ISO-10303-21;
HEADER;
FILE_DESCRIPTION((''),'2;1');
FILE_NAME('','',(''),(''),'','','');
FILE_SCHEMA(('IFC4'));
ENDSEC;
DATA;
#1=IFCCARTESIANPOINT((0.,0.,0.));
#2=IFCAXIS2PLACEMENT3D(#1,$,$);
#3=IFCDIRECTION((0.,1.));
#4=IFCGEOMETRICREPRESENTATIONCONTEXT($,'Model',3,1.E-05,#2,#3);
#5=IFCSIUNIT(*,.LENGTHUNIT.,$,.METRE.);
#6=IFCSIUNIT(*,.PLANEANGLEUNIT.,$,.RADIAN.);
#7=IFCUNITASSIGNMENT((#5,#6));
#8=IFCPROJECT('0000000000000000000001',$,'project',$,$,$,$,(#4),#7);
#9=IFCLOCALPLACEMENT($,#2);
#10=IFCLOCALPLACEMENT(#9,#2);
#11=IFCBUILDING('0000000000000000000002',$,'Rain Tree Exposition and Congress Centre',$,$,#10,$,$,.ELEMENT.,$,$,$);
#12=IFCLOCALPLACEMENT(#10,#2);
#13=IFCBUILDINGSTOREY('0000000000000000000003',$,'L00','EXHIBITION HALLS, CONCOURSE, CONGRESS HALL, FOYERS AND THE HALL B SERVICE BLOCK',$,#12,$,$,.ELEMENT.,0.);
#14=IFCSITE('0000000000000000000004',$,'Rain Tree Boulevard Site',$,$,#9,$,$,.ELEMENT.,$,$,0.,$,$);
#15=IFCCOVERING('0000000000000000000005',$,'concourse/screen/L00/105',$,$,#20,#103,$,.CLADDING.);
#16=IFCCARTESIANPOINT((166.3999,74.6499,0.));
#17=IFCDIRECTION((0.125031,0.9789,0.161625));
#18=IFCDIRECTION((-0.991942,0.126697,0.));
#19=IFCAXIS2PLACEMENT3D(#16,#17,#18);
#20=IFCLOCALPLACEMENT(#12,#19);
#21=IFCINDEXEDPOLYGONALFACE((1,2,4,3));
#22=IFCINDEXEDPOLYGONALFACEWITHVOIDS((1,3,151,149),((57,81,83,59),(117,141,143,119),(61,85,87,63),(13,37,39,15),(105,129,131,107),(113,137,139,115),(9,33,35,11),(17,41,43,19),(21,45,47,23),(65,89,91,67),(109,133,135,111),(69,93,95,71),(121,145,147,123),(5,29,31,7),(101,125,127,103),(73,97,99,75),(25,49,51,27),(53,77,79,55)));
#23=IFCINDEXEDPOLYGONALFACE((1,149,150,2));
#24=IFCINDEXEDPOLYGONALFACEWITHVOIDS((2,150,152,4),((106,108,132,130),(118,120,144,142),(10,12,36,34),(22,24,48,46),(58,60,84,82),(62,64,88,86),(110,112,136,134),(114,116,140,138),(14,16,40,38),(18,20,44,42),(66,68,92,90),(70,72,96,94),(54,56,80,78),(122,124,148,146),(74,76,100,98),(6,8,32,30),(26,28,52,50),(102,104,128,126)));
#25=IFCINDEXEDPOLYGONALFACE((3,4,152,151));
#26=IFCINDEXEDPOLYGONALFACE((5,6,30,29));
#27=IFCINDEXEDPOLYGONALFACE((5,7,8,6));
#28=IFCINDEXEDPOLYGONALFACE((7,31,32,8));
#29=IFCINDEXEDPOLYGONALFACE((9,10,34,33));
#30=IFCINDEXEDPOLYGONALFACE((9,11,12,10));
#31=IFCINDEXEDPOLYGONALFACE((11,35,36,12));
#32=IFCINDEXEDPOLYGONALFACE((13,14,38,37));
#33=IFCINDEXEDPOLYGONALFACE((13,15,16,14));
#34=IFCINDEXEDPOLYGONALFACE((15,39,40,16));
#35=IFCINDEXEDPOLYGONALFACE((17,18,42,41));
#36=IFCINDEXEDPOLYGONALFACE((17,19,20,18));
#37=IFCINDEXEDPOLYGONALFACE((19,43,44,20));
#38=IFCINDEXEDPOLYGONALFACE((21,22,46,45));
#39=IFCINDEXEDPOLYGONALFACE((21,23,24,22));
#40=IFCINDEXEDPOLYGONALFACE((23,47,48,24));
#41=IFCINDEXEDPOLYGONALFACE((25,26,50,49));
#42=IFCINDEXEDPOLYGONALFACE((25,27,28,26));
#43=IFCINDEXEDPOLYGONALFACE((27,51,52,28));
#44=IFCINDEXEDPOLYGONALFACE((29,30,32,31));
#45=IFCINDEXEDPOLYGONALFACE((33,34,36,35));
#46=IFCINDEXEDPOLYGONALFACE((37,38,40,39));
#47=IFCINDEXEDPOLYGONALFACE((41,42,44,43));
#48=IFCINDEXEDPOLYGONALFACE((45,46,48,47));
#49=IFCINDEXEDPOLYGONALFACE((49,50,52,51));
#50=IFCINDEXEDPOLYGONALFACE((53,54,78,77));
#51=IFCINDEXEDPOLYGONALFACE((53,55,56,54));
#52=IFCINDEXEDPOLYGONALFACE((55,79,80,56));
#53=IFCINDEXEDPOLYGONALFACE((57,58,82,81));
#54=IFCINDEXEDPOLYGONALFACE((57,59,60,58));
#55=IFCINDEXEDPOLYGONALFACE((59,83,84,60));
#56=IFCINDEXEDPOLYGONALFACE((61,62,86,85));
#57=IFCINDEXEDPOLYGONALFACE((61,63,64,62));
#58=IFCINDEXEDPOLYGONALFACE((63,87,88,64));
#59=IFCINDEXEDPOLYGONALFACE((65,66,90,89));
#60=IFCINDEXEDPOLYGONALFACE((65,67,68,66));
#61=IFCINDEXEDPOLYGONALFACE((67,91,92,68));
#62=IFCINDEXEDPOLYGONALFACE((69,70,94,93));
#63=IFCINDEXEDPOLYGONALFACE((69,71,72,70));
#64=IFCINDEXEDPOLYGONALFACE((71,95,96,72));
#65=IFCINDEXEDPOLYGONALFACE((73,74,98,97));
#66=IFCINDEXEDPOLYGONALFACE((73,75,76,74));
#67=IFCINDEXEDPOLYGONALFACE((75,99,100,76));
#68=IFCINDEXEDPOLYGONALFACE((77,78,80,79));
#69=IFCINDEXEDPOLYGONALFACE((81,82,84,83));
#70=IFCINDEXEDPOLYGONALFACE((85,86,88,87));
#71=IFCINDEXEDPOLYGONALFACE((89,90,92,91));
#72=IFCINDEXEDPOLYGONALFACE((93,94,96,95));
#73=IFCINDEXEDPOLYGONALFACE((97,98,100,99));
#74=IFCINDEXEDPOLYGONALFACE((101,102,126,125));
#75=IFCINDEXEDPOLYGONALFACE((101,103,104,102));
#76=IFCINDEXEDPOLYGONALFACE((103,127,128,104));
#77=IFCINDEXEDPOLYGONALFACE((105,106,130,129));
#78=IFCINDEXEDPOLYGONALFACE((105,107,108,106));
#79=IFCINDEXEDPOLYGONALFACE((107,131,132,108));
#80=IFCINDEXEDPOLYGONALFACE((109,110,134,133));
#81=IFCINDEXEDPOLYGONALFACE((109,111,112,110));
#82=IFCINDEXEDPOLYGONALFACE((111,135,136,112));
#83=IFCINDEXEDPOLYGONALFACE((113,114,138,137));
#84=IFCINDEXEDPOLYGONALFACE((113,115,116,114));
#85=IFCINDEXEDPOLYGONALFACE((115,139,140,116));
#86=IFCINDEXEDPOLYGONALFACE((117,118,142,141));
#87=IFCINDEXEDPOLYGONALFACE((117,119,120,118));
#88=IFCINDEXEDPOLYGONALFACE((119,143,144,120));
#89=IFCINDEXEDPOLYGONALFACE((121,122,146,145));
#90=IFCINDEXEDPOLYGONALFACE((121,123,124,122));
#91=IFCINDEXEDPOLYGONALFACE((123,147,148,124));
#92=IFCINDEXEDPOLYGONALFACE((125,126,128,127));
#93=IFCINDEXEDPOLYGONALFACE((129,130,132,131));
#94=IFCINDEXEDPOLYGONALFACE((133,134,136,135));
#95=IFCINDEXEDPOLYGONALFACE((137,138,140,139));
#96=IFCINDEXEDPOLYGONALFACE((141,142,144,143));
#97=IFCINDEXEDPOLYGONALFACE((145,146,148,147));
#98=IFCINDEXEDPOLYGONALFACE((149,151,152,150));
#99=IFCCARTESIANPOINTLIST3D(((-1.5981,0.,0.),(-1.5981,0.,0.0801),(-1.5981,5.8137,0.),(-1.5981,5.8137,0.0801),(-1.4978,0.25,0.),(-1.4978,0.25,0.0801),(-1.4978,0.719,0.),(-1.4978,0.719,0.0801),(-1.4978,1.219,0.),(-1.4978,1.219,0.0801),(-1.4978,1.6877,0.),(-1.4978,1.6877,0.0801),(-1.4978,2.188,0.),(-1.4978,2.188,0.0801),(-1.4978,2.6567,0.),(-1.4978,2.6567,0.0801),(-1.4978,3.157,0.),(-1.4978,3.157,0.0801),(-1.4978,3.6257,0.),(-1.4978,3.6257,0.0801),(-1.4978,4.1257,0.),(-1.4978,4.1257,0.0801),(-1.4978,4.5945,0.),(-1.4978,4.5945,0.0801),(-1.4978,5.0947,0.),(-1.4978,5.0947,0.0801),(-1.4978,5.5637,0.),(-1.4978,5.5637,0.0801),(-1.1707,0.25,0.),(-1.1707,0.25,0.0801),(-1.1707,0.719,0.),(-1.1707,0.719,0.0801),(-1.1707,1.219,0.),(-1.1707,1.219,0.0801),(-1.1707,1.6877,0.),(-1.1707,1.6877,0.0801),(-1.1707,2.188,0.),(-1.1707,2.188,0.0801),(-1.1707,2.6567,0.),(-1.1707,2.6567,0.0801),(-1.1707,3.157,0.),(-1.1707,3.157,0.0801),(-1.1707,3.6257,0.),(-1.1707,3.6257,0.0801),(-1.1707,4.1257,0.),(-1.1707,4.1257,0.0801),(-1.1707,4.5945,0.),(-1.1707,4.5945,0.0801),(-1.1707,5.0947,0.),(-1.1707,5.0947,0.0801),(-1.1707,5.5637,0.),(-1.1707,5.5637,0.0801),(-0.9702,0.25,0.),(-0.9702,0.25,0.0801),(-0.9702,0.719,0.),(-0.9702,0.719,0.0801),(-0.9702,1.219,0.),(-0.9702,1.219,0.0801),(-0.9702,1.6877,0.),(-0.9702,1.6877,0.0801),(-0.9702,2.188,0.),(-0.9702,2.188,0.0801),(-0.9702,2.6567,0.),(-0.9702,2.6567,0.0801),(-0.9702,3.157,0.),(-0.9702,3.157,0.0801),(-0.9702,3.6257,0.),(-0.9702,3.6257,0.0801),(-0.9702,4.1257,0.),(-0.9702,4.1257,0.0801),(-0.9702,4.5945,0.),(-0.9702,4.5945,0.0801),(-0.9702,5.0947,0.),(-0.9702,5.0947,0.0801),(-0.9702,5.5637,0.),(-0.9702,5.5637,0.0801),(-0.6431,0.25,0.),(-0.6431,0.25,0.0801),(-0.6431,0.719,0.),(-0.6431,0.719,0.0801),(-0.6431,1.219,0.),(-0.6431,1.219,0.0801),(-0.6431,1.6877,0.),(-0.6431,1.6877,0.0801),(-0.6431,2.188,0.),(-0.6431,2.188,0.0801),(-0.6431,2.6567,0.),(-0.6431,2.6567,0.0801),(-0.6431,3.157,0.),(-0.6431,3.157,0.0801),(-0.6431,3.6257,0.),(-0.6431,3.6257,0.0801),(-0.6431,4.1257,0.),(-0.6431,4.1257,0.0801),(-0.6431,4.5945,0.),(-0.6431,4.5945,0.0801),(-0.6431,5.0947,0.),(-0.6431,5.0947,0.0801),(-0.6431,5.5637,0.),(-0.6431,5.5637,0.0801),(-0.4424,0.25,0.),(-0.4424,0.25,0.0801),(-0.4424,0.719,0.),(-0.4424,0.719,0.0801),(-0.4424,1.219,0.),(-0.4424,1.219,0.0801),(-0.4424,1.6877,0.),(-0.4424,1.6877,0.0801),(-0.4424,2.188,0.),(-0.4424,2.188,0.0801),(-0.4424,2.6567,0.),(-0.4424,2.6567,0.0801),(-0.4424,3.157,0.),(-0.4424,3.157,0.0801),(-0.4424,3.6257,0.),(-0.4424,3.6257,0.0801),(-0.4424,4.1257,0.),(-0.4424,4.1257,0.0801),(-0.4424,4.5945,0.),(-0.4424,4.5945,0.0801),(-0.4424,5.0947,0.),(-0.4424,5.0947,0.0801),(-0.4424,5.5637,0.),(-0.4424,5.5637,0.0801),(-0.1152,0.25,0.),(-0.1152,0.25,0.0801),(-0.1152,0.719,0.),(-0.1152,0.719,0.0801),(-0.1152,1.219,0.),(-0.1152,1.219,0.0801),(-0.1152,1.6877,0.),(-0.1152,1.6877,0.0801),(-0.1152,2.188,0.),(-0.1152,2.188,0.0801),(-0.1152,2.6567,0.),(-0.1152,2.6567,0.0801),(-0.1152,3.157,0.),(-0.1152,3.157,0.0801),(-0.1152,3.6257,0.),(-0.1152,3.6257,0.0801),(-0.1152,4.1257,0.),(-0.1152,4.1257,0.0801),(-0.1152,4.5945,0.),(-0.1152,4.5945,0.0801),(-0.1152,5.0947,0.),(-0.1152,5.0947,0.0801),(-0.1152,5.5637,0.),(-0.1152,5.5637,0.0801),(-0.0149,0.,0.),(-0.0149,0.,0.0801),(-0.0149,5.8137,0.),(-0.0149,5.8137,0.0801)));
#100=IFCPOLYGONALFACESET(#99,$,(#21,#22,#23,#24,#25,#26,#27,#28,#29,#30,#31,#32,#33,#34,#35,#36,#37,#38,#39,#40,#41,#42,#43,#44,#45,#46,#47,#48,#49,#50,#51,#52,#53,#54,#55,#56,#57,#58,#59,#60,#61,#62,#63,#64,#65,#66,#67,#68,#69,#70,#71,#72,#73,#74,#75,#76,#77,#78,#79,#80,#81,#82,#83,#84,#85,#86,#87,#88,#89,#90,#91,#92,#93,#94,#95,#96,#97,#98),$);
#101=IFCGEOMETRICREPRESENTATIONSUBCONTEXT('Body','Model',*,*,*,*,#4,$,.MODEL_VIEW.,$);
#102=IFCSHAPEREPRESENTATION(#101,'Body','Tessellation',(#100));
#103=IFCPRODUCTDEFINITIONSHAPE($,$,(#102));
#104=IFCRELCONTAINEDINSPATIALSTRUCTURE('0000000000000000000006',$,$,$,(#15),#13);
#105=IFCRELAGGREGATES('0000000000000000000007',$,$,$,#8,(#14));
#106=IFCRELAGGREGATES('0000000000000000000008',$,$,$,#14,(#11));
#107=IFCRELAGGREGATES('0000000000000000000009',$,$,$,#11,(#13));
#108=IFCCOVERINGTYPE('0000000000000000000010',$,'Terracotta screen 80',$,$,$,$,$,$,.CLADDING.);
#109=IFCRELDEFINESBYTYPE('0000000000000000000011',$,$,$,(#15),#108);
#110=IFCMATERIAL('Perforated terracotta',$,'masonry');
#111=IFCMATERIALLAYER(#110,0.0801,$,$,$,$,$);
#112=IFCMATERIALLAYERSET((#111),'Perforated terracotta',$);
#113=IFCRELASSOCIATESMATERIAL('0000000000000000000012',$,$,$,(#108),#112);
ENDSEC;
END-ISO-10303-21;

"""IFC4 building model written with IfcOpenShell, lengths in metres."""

from ifc_helpers import new_model, si_unit, direction, frame, origin, place, context, subcontext, project, spatial, polyline, outline, extrude, material, layer, layer_set, type_object, element, save


model = new_model("IFC4")

# Units and contexts
model_context = context("Model", 3, precision=1e-05, world=origin(), true_north=direction((0.0, 1.0)))
body_context = subcontext(model_context, "Body", "Model", "MODEL_VIEW")
ifc_project = project(units=[si_unit("LENGTHUNIT", "METRE"), si_unit("PLANEANGLEUNIT", "RADIAN")], contexts=[model_context])

# Site, building, storey
site_placement = place(None, origin())
site = spatial("IfcSite", under=ifc_project, at=site_placement, Name="Rain Tree Boulevard Site", CompositionType="ELEMENT", RefElevation=0.0)
building_placement = place(site_placement, origin())
building = spatial("IfcBuilding", under=site, at=building_placement, Name="Rain Tree Exposition and Congress Centre", CompositionType="ELEMENT")
storey_placement = place(building_placement, origin())
storey = spatial("IfcBuildingStorey", under=building, at=storey_placement, Name="L00", Description="EXHIBITION HALLS, CONCOURSE, CONGRESS HALL, FOYERS AND THE HALL B SERVICE BLOCK", CompositionType="ELEMENT", Elevation=0.0)

# Covering
ifc_material_1 = material(Name="Perforated terracotta", Category="masonry")
ifc_layer_1 = layer(ifc_material_1, 0.0801)
ifc_layer_set_1 = layer_set([ifc_layer_1], Name="Perforated terracotta")
covering_type = type_object("IfcCoveringType", Name="Terracotta screen 80", PredefinedType="CLADDING", material=ifc_layer_set_1)
covering_1_placement = place(storey_placement, frame((166.3999, 74.6499, 0.0), z_axis=(0.125031, 0.9789, 0.161625), x_axis=(-0.991942, 0.126697, 0.0)))
element("IfcCovering", 1, at=covering_1_placement, inside=storey, type_object=covering_type, Name="concourse/screen/L00/105", PredefinedType="CLADDING", context=body_context, shape_type="SweptSolid", body=[
    extrude(outline(polyline([(-0.0149, 0.0), (-1.5981, 0.0), (-1.5981, 5.8137), (-0.0149, 5.8137), (-0.0149, 0.0)]), holes=[polyline([(-0.1152, 0.25), (-0.1152, 0.719), (-0.4424, 0.719), (-0.4424, 0.25), (-0.1152, 0.25)]), polyline([(-0.1152, 1.219), (-0.1152, 1.6877), (-0.4424, 1.6877), (-0.4424, 1.219), (-0.1152, 1.219)]), polyline([(-0.1152, 2.188), (-0.1152, 2.6567), (-0.4424, 2.6567), (-0.4424, 2.188), (-0.1152, 2.188)]), polyline([(-0.1152, 3.157), (-0.1152, 3.6257), (-0.4424, 3.6257), (-0.4424, 3.157), (-0.1152, 3.157)]), polyline([(-0.1152, 4.1257), (-0.1152, 4.5945), (-0.4424, 4.5945), (-0.4424, 4.1257), (-0.1152, 4.1257)]), polyline([(-0.1152, 5.0947), (-0.1152, 5.5637), (-0.4424, 5.5637), (-0.4424, 5.0947), (-0.1152, 5.0947)]), polyline([(-0.6431, 0.25), (-0.6431, 0.719), (-0.9702, 0.719), (-0.9702, 0.25), (-0.6431, 0.25)]), polyline([(-0.6431, 1.219), (-0.6431, 1.6877), (-0.9702, 1.6877), (-0.9702, 1.219), (-0.6431, 1.219)]), polyline([(-0.6431, 2.188), (-0.6431, 2.6567), (-0.9702, 2.6567), (-0.9702, 2.188), (-0.6431, 2.188)]), polyline([(-0.6431, 3.157), (-0.6431, 3.6257), (-0.9702, 3.6257), (-0.9702, 3.157), (-0.6431, 3.157)]), polyline([(-0.6431, 4.1257), (-0.6431, 4.5945), (-0.9702, 4.5945), (-0.9702, 4.1257), (-0.6431, 4.1257)]), polyline([(-0.6431, 5.0947), (-0.6431, 5.5637), (-0.9702, 5.5637), (-0.9702, 5.0947), (-0.6431, 5.0947)]), polyline([(-1.1707, 0.25), (-1.1707, 0.719), (-1.4978, 0.719), (-1.4978, 0.25), (-1.1707, 0.25)]), polyline([(-1.1707, 1.219), (-1.1707, 1.6877), (-1.4978, 1.6877), (-1.4978, 1.219), (-1.1707, 1.219)]), polyline([(-1.1707, 2.188), (-1.1707, 2.6567), (-1.4978, 2.6567), (-1.4978, 2.188), (-1.1707, 2.188)]), polyline([(-1.1707, 3.157), (-1.1707, 3.6257), (-1.4978, 3.6257), (-1.4978, 3.157), (-1.1707, 3.157)]), polyline([(-1.1707, 4.1257), (-1.1707, 4.5945), (-1.4978, 4.5945), (-1.4978, 4.1257), (-1.1707, 4.1257)]), polyline([(-1.1707, 5.0947), (-1.1707, 5.5637), (-1.4978, 5.5637), (-1.4978, 5.0947), (-1.1707, 5.0947)])]), origin(), (0.0, 0.0, 1.0), 0.0801),
])

save(model, "model.ifc")
